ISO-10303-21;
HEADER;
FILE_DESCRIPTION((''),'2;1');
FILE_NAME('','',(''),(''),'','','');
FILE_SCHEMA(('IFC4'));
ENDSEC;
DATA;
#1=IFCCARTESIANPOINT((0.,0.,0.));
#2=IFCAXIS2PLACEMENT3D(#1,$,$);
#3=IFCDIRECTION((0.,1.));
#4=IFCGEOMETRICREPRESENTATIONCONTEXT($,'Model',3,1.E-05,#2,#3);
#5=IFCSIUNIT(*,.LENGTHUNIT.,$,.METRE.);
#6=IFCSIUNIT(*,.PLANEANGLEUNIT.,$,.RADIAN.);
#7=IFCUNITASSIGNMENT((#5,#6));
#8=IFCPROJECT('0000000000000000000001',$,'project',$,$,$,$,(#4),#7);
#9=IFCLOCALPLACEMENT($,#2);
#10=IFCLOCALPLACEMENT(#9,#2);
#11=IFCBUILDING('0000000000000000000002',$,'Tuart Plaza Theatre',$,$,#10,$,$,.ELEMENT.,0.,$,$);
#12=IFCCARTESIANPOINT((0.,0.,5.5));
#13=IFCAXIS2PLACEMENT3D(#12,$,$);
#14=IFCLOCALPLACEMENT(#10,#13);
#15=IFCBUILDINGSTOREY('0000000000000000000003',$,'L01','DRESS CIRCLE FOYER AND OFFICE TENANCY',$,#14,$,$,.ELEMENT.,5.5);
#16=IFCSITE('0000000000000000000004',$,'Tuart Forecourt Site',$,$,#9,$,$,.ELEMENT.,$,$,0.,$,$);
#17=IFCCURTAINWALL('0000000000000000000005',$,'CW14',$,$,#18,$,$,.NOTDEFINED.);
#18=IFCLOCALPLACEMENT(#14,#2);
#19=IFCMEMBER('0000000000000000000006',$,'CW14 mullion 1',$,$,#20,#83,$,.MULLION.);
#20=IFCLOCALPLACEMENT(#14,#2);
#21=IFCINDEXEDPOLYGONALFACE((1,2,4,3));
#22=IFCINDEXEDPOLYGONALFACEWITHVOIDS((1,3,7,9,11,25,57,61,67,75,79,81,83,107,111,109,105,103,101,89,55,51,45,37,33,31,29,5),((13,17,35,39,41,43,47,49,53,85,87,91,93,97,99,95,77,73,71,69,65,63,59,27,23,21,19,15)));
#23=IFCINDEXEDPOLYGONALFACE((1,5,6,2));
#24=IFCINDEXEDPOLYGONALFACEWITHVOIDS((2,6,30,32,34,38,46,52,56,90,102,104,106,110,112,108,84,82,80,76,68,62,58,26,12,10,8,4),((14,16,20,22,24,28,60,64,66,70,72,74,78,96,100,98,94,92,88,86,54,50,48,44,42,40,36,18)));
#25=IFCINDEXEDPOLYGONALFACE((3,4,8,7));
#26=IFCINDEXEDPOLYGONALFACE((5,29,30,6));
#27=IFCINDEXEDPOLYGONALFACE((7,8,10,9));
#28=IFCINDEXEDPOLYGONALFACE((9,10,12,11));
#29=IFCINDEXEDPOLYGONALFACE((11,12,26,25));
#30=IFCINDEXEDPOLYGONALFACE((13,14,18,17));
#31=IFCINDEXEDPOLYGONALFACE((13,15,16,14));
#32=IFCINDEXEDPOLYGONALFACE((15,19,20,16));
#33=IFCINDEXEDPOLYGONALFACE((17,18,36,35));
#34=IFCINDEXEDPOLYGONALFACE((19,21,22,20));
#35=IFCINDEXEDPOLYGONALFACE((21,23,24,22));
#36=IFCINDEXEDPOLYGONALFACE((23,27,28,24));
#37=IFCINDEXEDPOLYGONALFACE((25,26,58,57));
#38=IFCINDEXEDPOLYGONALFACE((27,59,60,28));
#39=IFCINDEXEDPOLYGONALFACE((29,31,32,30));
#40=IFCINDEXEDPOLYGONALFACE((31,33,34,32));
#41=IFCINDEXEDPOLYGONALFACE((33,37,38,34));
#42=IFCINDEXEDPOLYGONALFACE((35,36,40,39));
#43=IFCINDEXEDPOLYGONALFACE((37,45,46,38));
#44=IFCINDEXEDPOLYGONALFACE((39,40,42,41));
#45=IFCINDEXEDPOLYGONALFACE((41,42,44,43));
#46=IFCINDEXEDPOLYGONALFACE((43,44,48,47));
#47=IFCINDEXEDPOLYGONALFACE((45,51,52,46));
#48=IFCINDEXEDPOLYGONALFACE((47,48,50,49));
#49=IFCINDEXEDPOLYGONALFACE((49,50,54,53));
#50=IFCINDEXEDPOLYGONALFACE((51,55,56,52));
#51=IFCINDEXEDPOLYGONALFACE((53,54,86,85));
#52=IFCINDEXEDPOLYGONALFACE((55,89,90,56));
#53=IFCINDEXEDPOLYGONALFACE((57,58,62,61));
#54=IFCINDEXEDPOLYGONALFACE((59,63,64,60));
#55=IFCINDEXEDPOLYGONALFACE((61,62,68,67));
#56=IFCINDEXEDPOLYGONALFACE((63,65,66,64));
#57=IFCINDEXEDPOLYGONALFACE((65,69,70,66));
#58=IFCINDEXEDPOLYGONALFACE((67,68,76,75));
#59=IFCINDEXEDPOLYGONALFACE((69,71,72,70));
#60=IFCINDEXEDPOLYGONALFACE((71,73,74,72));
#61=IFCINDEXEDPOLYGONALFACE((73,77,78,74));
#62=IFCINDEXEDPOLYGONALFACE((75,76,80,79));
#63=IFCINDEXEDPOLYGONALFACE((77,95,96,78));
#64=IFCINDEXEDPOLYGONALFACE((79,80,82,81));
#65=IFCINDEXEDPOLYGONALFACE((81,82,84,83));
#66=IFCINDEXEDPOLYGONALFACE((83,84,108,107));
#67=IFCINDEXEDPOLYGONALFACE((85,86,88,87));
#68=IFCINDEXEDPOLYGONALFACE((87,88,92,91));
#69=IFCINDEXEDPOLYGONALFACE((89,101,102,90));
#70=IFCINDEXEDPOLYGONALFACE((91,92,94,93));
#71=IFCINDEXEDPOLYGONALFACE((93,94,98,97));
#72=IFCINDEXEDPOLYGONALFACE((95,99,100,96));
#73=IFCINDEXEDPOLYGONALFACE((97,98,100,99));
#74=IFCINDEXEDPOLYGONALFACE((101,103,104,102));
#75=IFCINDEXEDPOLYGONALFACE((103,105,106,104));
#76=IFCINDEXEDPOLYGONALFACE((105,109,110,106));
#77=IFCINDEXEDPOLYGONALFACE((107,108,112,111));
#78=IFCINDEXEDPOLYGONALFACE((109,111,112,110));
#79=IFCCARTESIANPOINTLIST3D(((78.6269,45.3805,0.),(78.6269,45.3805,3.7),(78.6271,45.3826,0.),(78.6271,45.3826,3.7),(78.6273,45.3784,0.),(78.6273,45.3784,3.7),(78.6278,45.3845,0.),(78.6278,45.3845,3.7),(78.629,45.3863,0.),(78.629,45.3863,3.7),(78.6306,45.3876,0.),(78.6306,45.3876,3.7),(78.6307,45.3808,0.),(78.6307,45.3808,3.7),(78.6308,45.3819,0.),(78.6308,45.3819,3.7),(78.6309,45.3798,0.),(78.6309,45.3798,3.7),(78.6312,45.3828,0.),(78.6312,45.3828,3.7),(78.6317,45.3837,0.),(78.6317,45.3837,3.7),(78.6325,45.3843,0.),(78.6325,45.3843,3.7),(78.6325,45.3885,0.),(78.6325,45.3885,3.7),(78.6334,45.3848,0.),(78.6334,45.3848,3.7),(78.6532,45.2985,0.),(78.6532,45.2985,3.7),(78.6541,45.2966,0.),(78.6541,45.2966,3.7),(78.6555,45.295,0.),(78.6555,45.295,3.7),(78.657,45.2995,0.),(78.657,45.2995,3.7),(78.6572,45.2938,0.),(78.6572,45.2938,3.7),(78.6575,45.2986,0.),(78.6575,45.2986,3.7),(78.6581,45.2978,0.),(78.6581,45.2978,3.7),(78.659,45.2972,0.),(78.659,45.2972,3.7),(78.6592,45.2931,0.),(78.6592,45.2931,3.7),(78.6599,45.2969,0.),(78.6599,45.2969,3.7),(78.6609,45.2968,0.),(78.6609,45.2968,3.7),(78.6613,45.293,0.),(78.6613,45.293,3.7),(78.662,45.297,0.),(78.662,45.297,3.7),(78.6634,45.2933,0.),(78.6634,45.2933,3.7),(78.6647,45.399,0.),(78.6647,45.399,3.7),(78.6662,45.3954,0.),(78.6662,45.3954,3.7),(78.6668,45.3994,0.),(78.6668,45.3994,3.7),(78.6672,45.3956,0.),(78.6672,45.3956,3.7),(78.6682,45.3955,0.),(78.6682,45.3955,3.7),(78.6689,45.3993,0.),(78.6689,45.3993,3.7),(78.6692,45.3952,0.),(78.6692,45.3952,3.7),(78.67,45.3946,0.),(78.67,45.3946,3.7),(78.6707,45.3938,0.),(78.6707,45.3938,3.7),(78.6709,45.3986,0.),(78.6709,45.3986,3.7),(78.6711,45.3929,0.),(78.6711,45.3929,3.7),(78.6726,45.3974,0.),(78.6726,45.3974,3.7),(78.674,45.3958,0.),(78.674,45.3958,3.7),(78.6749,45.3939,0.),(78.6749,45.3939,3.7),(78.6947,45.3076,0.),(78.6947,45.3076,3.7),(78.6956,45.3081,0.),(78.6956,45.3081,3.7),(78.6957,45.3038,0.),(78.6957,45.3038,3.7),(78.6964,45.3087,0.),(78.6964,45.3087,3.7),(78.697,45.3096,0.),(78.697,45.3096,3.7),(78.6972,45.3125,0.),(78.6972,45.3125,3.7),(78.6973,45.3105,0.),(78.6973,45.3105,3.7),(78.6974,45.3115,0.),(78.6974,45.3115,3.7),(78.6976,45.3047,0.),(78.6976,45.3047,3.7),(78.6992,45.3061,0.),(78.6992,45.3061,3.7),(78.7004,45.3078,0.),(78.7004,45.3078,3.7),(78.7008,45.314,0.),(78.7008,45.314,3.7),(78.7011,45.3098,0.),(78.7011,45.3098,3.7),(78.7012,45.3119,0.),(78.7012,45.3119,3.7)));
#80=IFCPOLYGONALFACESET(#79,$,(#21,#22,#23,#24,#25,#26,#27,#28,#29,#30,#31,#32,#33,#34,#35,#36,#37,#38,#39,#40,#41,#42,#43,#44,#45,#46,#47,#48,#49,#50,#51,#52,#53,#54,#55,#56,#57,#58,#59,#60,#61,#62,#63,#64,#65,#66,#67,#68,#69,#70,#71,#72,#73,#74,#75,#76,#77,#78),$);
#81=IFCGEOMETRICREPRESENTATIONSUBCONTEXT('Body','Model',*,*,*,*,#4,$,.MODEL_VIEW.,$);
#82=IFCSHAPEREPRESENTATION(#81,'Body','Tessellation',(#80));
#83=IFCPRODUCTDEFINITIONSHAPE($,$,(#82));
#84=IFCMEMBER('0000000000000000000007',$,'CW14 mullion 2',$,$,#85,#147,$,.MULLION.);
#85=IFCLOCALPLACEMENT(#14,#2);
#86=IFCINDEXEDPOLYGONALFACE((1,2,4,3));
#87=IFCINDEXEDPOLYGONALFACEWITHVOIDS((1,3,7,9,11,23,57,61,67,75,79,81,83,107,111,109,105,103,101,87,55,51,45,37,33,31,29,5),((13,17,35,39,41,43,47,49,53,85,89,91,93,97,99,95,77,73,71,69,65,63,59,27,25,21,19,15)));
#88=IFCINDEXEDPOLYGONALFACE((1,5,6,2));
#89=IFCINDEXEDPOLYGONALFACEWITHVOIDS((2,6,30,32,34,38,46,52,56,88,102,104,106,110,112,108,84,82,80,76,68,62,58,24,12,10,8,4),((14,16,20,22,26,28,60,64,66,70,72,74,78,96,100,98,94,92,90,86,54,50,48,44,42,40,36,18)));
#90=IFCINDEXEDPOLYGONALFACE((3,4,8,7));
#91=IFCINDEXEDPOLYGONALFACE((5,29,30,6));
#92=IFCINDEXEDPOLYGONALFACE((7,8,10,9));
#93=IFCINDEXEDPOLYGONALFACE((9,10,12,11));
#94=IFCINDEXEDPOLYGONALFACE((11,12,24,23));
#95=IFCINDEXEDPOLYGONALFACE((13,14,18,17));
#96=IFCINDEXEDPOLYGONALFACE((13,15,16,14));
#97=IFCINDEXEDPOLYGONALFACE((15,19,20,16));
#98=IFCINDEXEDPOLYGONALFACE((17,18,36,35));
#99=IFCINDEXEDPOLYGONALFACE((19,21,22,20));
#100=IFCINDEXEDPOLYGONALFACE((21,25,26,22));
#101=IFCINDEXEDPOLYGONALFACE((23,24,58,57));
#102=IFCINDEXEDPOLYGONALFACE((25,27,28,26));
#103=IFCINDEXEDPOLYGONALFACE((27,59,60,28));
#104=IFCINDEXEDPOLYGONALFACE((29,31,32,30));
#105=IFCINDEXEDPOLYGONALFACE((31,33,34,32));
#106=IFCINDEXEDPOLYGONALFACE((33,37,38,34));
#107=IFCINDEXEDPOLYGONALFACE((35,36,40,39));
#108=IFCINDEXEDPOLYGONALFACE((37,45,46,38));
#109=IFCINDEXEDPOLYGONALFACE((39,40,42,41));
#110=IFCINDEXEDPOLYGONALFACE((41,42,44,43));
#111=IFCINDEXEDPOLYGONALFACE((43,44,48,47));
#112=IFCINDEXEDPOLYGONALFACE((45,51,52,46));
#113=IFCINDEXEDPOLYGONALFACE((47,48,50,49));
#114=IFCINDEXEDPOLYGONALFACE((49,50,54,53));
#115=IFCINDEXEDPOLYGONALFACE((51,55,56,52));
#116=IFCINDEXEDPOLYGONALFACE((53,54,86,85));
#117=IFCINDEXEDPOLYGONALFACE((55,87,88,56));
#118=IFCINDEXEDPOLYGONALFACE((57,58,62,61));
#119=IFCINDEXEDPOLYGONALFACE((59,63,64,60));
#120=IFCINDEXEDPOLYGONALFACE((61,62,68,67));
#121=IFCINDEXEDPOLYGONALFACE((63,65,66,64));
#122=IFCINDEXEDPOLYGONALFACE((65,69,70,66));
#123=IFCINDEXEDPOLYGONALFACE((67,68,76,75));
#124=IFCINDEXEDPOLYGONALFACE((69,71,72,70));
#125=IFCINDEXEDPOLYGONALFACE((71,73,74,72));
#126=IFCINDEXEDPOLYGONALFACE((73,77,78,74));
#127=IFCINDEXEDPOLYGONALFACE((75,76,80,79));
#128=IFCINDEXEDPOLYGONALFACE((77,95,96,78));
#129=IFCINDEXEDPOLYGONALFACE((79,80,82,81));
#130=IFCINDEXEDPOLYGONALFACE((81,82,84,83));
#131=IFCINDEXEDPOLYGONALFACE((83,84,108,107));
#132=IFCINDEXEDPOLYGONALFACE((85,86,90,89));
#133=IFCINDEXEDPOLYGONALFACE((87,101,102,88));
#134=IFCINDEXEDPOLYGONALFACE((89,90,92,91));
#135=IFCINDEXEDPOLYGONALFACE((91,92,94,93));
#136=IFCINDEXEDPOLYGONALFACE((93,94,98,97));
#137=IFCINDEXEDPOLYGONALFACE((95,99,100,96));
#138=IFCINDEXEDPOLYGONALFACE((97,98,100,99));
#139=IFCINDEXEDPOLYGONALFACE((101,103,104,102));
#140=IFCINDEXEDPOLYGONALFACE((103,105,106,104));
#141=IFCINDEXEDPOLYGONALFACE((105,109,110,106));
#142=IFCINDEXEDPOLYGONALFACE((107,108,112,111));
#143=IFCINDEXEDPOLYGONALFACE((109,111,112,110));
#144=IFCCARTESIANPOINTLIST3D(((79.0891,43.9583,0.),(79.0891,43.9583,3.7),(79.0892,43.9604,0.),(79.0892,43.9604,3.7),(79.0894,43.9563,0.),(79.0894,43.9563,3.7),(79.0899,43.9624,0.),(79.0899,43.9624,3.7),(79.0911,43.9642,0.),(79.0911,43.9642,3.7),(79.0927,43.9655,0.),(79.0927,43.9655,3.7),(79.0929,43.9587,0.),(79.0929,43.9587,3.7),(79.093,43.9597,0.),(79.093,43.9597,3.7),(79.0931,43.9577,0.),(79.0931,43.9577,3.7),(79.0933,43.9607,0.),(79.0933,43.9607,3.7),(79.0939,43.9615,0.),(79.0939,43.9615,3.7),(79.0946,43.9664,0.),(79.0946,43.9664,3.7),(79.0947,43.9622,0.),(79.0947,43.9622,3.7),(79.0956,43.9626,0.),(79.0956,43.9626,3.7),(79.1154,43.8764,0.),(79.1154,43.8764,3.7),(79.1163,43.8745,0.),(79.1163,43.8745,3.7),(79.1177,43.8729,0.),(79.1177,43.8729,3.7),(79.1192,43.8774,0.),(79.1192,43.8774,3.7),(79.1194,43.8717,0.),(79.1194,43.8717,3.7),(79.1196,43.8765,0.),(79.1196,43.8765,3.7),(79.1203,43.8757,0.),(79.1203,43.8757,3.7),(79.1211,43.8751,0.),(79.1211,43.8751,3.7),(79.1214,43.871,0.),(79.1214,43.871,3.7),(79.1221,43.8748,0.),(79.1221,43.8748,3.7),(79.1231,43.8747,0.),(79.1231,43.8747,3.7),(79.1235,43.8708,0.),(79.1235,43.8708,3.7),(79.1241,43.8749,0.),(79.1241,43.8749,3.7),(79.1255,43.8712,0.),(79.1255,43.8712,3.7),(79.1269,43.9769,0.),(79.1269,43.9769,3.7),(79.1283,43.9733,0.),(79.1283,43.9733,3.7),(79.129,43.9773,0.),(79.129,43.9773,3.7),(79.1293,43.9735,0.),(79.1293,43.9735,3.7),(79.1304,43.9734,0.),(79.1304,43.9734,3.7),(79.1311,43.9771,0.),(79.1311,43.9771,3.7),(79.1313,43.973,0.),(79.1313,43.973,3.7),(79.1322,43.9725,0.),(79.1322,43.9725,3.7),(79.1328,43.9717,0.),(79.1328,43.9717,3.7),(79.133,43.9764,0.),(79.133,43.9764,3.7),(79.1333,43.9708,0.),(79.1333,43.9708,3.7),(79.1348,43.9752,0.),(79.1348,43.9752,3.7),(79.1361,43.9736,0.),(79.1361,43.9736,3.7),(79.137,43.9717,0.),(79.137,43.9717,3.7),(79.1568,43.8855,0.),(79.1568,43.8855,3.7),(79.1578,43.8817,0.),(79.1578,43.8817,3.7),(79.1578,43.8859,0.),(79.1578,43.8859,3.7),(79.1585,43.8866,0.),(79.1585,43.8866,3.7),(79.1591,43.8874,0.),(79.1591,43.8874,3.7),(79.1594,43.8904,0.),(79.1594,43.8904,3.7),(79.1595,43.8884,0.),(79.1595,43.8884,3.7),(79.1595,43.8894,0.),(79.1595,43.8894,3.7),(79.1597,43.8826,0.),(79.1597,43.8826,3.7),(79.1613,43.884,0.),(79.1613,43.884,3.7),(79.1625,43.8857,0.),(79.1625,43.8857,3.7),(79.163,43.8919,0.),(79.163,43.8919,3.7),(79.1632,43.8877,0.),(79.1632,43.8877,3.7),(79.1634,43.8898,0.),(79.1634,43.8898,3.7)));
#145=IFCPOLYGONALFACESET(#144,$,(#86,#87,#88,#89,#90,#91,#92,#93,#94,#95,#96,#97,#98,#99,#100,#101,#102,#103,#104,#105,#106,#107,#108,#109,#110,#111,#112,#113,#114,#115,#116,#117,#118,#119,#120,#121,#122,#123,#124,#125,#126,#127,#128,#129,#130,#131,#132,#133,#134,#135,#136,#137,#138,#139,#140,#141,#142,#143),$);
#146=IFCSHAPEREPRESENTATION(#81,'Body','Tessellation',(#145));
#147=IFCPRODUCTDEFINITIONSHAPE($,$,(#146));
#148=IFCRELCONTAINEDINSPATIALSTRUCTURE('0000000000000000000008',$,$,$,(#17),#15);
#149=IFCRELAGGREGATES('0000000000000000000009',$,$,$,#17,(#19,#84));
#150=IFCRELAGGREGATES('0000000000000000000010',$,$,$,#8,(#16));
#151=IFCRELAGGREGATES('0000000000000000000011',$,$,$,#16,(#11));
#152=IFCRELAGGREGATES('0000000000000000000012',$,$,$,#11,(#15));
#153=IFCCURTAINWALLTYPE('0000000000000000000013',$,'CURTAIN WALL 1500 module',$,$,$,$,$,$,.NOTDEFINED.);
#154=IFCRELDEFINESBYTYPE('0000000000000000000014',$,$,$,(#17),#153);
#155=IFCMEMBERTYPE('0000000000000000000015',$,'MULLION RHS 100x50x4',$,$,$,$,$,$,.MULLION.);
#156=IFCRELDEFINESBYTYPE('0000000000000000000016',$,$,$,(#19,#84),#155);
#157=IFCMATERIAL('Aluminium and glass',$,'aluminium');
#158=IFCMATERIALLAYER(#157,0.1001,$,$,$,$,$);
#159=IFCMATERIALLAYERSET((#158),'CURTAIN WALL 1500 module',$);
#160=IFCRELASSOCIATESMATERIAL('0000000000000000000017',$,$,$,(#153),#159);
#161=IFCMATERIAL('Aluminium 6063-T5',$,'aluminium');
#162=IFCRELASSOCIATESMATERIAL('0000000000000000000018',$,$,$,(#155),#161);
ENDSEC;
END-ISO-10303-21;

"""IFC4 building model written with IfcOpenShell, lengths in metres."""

from ifc_helpers import new_model, si_unit, direction, frame, origin, origin_2d, place, context, subcontext, project, spatial, hollow_rectangle, extrude, material, layer, layer_set, material_profile, profile_set, type_object, element, aggregate, save


model = new_model("IFC4")

# Units and contexts
model_context = context("Model", 3, precision=1e-05, world=origin(), true_north=direction((0.0, 1.0)))
body_context = subcontext(model_context, "Body", "Model", "MODEL_VIEW")
ifc_project = project(units=[si_unit("LENGTHUNIT", "METRE"), si_unit("PLANEANGLEUNIT", "RADIAN")], contexts=[model_context])

# Site, building, storey
site_placement = place(None, origin())
site = spatial("IfcSite", under=ifc_project, at=site_placement, Name="Tuart Forecourt Site", CompositionType="ELEMENT", RefElevation=0.0)
building_placement = place(site_placement, origin())
building = spatial("IfcBuilding", under=site, at=building_placement, Name="Tuart Plaza Theatre", CompositionType="ELEMENT", ElevationOfRefHeight=0.0)
storey_placement = place(building_placement, frame((0.0, 0.0, 5.5)))
storey = spatial("IfcBuildingStorey", under=building, at=storey_placement, Name="L01", Description="DRESS CIRCLE FOYER AND OFFICE TENANCY", CompositionType="ELEMENT", Elevation=5.5)

# Curtain wall, members
ifc_material_1 = material(Name="Aluminium and glass", Category="aluminium")
ifc_layer_1 = layer(ifc_material_1, 0.1001)
ifc_layer_set_1 = layer_set([ifc_layer_1], Name="CURTAIN WALL 1500 module")
curtain_wall_type = type_object("IfcCurtainWallType", Name="CURTAIN WALL 1500 module", PredefinedType="NOTDEFINED", material=ifc_layer_set_1)
curtain_wall_placement = place(storey_placement, origin())
curtain_wall = element("IfcCurtainWall", 1, at=curtain_wall_placement, inside=storey, type_object=curtain_wall_type, Name="CW14", PredefinedType="NOTDEFINED")
ifc_material_2 = material(Name="Aluminium 6063-T5", Category="aluminium")
ifc_material_profile_1 = material_profile(ifc_material_2, hollow_rectangle(XDim=0.05, YDim=0.1001, WallThickness=0.0039, InnerFilletRadius=0.0039, OuterFilletRadius=0.0081, at=origin_2d()), Name="RHS 100x50x4")
ifc_profile_set_1 = profile_set([ifc_material_profile_1], Name="Aluminium 6063-T5")
member_type_1 = type_object("IfcMemberType", Name="MULLION RHS 100x50x4", PredefinedType="MULLION", material=ifc_profile_set_1)
member_1_placement = place(storey_placement, frame((78.6641, 45.3462, 0.0), z_axis=(0.0, 0.0, 1.0), x_axis=(0.951056, 0.309018, 0.0)))
member_1 = element("IfcMember", 2, at=member_1_placement, type_object=member_type_1, Name="CW14 mullion 1", PredefinedType="MULLION", context=body_context, shape_type="SweptSolid", body=[
    extrude(hollow_rectangle(XDim=0.05, YDim=0.1001, WallThickness=0.0039, InnerFilletRadius=0.0039, OuterFilletRadius=0.0081, at=origin_2d()), origin(), (0.0, 0.0, 1.0), 3.7),
])
member_2_placement = place(storey_placement, frame((79.1262, 43.9241, 0.0), z_axis=(0.0, 0.0, 1.0), x_axis=(0.951056, 0.309018, 0.0)))
member_2 = element("IfcMember", 3, at=member_2_placement, type_object=member_type_1, Name="CW14 mullion 2", PredefinedType="MULLION", context=body_context, shape_type="SweptSolid", body=[
    extrude(hollow_rectangle(XDim=0.05, YDim=0.1001, WallThickness=0.0039, InnerFilletRadius=0.0039, OuterFilletRadius=0.0081, at=origin_2d()), origin(), (0.0, 0.0, 1.0), 3.7),
])
aggregate(curtain_wall, [member_1, member_2])

save(model, "model.ifc")
